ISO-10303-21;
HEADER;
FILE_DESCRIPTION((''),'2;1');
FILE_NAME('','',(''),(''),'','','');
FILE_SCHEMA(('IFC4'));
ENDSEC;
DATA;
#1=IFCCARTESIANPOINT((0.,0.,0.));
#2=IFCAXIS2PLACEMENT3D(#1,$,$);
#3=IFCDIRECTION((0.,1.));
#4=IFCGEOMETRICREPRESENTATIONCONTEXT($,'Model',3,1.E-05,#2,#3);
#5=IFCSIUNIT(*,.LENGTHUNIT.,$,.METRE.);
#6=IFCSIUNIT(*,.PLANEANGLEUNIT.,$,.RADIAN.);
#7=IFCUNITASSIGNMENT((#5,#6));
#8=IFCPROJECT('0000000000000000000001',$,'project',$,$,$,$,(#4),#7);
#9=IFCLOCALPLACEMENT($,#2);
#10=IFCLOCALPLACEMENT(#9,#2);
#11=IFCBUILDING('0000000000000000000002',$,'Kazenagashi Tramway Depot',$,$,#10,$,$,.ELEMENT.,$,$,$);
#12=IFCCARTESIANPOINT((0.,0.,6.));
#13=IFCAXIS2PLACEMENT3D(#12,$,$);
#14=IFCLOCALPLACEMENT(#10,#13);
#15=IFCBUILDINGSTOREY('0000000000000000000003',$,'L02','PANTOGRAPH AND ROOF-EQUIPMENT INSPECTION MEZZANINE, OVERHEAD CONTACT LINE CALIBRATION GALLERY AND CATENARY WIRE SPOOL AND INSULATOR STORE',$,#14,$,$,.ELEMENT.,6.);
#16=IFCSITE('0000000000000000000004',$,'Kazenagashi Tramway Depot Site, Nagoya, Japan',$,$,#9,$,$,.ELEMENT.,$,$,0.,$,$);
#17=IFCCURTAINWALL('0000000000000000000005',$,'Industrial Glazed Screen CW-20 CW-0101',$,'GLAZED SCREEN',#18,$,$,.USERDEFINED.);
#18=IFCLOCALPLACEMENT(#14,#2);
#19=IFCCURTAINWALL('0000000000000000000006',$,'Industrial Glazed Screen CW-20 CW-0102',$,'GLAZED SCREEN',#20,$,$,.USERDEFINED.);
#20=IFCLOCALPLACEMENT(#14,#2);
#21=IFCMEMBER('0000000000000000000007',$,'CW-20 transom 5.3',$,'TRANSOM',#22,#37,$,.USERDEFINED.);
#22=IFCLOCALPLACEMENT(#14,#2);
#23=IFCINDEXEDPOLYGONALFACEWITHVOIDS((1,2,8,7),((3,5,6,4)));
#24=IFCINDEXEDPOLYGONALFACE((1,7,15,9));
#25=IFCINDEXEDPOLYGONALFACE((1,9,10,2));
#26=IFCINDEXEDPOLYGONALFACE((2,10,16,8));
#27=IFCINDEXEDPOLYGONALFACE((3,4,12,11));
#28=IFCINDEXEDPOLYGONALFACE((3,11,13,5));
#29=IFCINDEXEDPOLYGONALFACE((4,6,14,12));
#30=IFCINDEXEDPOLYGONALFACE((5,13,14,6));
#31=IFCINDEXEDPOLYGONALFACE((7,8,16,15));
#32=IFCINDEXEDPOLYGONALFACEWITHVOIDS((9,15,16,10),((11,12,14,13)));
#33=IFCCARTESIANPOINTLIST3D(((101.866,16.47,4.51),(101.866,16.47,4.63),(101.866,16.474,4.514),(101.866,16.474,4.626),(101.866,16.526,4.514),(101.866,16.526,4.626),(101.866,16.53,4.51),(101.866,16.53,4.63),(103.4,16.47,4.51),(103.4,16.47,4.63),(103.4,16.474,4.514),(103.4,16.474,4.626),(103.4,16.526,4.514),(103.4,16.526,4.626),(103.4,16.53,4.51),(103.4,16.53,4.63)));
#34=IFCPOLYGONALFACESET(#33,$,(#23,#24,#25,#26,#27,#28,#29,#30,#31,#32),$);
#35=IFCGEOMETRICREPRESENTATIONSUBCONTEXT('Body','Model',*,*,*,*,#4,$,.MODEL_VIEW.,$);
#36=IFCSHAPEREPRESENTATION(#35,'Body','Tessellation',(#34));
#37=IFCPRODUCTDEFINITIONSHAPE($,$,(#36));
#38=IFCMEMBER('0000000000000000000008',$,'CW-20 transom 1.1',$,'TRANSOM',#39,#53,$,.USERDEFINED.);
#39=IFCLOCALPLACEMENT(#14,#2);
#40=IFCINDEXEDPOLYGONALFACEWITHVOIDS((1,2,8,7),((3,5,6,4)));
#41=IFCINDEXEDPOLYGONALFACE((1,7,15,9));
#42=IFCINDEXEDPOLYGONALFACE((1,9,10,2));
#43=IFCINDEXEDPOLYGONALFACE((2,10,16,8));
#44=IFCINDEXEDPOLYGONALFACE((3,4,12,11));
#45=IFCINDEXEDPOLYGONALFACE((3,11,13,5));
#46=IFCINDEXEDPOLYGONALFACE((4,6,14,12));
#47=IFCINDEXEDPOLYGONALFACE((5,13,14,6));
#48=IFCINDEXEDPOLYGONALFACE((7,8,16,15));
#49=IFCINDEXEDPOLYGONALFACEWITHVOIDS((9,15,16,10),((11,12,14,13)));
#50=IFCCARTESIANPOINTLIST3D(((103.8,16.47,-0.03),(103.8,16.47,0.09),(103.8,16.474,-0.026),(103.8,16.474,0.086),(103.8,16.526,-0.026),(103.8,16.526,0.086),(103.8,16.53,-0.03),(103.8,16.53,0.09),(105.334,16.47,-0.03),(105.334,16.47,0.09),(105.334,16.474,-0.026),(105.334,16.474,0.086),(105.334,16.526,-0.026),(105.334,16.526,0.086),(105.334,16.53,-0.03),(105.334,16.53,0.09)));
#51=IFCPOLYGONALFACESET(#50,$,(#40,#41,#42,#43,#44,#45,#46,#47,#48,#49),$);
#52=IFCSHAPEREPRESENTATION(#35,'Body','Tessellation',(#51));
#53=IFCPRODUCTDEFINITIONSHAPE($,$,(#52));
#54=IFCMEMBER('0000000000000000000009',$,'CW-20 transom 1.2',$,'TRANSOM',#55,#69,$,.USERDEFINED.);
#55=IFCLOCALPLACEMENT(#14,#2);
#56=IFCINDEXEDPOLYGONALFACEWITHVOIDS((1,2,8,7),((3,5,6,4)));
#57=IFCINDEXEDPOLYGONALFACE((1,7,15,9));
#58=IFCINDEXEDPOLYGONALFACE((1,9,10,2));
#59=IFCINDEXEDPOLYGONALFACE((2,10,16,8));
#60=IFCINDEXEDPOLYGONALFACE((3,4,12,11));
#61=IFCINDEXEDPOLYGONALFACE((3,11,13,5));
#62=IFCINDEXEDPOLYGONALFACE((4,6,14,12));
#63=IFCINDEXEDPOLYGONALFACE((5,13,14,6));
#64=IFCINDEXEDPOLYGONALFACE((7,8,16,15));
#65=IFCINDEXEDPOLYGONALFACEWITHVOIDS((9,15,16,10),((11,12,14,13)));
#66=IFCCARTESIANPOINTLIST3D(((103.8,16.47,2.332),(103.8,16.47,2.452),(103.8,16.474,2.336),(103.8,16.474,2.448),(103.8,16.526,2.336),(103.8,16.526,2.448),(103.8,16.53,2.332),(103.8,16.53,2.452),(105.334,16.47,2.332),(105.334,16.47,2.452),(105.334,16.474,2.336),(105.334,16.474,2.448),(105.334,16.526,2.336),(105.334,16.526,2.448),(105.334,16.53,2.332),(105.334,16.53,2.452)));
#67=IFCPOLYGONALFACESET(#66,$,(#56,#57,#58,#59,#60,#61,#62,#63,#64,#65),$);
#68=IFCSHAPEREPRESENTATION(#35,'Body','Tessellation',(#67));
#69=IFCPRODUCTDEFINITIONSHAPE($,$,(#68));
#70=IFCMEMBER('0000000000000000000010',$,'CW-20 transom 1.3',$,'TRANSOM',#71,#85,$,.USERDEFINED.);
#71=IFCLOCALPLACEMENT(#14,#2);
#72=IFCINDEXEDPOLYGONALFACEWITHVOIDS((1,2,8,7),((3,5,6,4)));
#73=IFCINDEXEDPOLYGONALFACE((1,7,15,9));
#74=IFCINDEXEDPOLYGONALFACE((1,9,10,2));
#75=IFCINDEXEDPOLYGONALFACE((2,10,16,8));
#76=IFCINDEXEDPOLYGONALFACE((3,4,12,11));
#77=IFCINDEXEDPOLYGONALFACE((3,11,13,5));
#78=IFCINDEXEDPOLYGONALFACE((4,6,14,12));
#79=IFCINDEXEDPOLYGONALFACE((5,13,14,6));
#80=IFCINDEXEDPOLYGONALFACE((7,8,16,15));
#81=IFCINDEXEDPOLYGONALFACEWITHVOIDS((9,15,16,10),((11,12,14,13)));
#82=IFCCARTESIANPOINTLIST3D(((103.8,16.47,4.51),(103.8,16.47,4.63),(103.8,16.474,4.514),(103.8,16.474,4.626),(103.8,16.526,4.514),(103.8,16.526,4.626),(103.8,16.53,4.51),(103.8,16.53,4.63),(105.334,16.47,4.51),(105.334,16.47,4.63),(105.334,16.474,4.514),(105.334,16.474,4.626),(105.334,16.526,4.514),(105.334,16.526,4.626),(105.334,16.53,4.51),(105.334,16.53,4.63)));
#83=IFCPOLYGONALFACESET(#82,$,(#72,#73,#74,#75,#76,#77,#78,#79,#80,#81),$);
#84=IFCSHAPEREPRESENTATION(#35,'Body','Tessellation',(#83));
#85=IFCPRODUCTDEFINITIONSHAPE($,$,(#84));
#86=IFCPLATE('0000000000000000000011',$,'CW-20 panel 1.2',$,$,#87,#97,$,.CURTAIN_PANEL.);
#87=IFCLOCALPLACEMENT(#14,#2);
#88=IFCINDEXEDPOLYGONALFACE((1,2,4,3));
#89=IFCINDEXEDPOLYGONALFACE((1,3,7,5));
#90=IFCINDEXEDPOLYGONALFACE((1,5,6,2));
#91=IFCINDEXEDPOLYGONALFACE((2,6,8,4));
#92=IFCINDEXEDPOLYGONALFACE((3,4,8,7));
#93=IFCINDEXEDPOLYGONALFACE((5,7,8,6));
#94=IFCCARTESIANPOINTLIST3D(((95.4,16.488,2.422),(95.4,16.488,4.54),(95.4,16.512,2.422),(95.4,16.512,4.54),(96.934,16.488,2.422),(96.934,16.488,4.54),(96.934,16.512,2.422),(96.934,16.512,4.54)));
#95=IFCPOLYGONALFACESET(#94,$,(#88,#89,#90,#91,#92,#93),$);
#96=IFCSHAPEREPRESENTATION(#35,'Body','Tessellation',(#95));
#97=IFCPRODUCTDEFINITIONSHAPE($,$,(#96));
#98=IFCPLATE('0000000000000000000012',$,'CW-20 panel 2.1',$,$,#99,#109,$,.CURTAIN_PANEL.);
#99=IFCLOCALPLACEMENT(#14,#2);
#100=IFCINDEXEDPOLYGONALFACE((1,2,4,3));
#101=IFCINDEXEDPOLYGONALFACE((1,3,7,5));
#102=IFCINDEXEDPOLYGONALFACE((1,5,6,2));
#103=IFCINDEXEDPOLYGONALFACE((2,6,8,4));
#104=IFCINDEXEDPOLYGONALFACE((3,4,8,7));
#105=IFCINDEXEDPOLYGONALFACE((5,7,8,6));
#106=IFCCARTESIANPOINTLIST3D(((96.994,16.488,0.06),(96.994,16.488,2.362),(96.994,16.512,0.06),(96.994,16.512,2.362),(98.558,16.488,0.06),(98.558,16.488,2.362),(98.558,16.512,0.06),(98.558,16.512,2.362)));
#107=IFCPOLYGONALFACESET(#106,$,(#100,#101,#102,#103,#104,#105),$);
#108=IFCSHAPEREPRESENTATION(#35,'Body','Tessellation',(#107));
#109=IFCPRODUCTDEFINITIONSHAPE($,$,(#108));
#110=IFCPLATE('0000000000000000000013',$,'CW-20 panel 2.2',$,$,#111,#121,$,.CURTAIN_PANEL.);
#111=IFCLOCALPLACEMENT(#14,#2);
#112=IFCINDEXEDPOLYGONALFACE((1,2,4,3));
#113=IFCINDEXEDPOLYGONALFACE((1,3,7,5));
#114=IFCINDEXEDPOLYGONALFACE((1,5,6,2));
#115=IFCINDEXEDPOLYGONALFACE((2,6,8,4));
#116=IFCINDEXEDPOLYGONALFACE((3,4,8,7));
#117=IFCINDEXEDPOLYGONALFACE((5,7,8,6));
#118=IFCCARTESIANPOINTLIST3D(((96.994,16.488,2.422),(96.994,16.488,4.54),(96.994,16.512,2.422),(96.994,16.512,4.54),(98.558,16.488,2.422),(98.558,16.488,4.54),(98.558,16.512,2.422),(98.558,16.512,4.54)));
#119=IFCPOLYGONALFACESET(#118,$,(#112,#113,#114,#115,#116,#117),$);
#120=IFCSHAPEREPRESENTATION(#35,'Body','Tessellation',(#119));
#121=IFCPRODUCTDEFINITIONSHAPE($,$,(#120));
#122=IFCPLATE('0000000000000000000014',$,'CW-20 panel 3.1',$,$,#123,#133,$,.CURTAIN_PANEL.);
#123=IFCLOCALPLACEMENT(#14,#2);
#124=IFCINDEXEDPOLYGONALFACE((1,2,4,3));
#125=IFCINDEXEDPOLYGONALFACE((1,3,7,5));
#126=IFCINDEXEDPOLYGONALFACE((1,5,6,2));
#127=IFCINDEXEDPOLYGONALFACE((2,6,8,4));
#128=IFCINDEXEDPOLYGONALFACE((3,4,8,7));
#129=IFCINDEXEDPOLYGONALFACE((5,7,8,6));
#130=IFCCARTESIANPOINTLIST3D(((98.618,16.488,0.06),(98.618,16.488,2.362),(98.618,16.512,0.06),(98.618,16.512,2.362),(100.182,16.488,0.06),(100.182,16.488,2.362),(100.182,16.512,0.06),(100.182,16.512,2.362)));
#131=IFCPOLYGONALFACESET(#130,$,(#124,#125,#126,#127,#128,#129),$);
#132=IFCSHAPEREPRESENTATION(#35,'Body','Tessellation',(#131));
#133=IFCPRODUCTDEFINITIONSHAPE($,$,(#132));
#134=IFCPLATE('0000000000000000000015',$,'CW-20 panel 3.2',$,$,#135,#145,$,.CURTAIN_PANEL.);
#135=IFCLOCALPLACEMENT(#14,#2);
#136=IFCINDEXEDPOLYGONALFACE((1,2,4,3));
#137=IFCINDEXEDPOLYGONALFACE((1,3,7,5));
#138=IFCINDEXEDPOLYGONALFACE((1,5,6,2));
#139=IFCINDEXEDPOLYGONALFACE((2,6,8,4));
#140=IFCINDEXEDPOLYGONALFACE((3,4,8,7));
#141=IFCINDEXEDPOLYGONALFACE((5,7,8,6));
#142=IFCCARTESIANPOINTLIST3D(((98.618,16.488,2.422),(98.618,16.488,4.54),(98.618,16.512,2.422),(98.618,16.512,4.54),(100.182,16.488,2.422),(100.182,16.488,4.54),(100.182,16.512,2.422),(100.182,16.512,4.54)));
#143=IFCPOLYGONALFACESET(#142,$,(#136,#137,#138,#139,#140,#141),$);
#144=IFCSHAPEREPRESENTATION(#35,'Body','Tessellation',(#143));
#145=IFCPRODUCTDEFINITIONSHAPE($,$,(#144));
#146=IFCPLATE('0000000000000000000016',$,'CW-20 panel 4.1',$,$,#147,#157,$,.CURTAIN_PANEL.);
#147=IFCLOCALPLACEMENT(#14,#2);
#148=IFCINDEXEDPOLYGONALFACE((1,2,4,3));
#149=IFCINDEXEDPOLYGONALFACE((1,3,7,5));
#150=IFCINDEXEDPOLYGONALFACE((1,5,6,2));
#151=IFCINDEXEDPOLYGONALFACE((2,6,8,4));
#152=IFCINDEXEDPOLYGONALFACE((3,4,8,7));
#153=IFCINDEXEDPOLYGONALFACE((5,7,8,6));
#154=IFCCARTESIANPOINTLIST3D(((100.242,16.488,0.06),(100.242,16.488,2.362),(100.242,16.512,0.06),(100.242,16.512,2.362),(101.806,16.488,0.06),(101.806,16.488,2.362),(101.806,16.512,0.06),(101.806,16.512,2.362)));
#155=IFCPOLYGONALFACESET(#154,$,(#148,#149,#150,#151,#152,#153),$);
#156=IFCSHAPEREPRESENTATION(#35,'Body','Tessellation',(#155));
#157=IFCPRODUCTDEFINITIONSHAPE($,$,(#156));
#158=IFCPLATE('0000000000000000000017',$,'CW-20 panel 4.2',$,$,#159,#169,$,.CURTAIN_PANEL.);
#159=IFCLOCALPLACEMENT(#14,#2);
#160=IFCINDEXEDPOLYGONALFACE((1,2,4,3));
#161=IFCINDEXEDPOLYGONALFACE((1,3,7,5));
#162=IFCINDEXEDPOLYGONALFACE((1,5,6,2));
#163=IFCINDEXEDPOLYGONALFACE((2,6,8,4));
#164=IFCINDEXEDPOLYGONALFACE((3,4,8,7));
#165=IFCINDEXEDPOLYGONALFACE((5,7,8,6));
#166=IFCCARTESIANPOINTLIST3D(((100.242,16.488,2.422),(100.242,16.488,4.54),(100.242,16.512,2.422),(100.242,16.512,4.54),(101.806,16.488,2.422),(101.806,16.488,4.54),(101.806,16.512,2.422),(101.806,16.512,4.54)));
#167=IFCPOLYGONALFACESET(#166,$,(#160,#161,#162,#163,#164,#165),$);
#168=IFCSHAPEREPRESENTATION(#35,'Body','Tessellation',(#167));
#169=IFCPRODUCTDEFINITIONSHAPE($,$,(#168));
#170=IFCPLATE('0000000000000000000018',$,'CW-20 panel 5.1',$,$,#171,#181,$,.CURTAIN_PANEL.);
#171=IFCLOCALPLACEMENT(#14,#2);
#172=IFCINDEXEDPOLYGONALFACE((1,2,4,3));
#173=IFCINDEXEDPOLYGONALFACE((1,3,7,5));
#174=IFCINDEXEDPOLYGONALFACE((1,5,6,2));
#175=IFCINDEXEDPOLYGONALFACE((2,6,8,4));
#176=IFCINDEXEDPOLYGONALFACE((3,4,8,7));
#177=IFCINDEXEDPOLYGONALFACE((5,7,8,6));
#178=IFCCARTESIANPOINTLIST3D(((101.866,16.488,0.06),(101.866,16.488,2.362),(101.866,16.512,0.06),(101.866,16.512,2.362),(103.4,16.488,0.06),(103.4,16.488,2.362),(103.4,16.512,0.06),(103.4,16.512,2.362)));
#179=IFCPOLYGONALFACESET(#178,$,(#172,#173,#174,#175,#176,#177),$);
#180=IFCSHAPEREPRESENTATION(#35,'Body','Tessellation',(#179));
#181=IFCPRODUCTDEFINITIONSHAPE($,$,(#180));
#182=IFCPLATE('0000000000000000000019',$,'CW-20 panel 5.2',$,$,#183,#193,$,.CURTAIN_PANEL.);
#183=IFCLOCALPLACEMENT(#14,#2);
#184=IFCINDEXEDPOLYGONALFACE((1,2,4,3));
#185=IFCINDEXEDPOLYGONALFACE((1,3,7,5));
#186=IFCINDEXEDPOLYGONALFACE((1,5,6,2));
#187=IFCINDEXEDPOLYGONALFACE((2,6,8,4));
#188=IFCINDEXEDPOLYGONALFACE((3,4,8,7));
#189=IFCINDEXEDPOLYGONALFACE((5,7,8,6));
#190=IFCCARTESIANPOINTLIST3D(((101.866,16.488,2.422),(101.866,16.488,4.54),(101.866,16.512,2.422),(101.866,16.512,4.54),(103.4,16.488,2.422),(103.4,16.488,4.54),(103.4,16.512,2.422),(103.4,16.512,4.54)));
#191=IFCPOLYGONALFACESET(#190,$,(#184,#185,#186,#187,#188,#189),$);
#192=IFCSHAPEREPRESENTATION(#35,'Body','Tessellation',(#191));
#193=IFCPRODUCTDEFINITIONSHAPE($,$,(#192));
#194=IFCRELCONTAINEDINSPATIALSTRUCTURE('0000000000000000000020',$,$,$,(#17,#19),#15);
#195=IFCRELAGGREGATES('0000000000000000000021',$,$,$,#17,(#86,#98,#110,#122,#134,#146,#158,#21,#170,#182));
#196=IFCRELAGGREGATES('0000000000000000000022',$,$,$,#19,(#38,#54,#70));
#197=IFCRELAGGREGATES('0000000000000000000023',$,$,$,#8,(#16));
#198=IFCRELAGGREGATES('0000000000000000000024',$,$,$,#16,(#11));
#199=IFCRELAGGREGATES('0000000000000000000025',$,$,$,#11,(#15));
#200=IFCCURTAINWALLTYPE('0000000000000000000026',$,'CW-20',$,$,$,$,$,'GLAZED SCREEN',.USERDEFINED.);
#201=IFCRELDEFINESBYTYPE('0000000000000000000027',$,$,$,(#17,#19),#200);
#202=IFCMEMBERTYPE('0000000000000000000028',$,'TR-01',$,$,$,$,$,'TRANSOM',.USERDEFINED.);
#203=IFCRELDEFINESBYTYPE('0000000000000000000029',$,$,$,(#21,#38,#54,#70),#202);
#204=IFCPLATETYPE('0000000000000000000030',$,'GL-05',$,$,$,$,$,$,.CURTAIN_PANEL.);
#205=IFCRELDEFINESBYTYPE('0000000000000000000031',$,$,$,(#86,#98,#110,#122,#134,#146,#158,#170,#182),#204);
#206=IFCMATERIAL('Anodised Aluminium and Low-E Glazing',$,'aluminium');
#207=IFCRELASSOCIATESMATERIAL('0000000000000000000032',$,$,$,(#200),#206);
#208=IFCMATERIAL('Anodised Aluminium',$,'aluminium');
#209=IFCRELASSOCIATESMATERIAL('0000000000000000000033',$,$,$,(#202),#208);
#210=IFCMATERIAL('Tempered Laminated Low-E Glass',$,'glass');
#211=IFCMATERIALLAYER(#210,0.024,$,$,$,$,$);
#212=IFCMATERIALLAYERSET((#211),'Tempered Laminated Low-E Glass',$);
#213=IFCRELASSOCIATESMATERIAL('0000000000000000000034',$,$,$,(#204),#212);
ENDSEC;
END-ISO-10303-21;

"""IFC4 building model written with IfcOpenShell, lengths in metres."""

from ifc_helpers import new_model, si_unit, direction, frame, origin, origin_2d, place, context, subcontext, project, spatial, rectangle, hollow_rectangle, extrude, material, layer, layer_set, material_profile, profile_set, type_object, element, aggregate, save


model = new_model("IFC4")

# Units and contexts
model_context = context("Model", 3, precision=1e-05, world=origin(), true_north=direction((0.0, 1.0)))
body_context = subcontext(model_context, "Body", "Model", "MODEL_VIEW")
ifc_project = project(units=[si_unit("LENGTHUNIT", "METRE"), si_unit("PLANEANGLEUNIT", "RADIAN")], contexts=[model_context])

# Site, building, storey
site_placement = place(None, origin())
site = spatial("IfcSite", under=ifc_project, at=site_placement, Name="Kazenagashi Tramway Depot Site, Nagoya, Japan", CompositionType="ELEMENT", RefElevation=0.0)
building_placement = place(site_placement, origin())
building = spatial("IfcBuilding", under=site, at=building_placement, Name="Kazenagashi Tramway Depot", CompositionType="ELEMENT")
storey_placement = place(building_placement, frame((0.0, 0.0, 6.0)))
storey = spatial("IfcBuildingStorey", under=building, at=storey_placement, Name="L02", Description="PANTOGRAPH AND ROOF-EQUIPMENT INSPECTION MEZZANINE, OVERHEAD CONTACT LINE CALIBRATION GALLERY AND CATENARY WIRE SPOOL AND INSULATOR STORE", CompositionType="ELEMENT", Elevation=6.0)

# Curtain wall
ifc_material_1 = material(Name="Anodised Aluminium and Low-E Glazing", Category="aluminium")
curtain_wall_type = type_object("IfcCurtainWallType", Name="CW-20", ElementType="GLAZED SCREEN", PredefinedType="USERDEFINED", material=ifc_material_1)
curtain_wall_1_placement = place(storey_placement, origin())
curtain_wall_1 = element("IfcCurtainWall", 1, at=curtain_wall_1_placement, inside=storey, type_object=curtain_wall_type, Name="Industrial Glazed Screen CW-20 CW-0101", ObjectType="GLAZED SCREEN", PredefinedType="USERDEFINED")
ifc_material_2 = material(Name="Anodised Aluminium", Category="aluminium")

# Curtain wall
curtain_wall_2_placement = place(storey_placement, origin())
curtain_wall_2 = element("IfcCurtainWall", 2, at=curtain_wall_2_placement, inside=storey, type_object=curtain_wall_type, Name="Industrial Glazed Screen CW-20 CW-0102", ObjectType="GLAZED SCREEN", PredefinedType="USERDEFINED")

# Members
ifc_material_profile_1 = material_profile(ifc_material_2, hollow_rectangle(XDim=0.06, YDim=0.12, WallThickness=0.004, at=origin_2d()), Name="RHS-120x60x4")
ifc_profile_set_1 = profile_set([ifc_material_profile_1], Name="Anodised Aluminium")
member_type_1 = type_object("IfcMemberType", Name="TR-01", ElementType="TRANSOM", PredefinedType="USERDEFINED", material=ifc_profile_set_1)
member_1_placement = place(storey_placement, frame((101.866, 16.5, 4.57), z_axis=(1.0, 0.0, 0.0), x_axis=(0.0, 1.0, 0.0)))
member_1 = element("IfcMember", 3, at=member_1_placement, type_object=member_type_1, Name="CW-20 transom 5.3", ObjectType="TRANSOM", PredefinedType="USERDEFINED", context=body_context, shape_type="SweptSolid", body=[
    extrude(hollow_rectangle(XDim=0.06, YDim=0.12, WallThickness=0.004, at=origin_2d()), origin(), (0.0, 0.0, 1.0), 1.534),
])
member_2_placement = place(storey_placement, frame((103.8, 16.5, 0.03), z_axis=(1.0, 0.0, 0.0), x_axis=(0.0, 1.0, 0.0)))
member_2 = element("IfcMember", 4, at=member_2_placement, type_object=member_type_1, Name="CW-20 transom 1.1", ObjectType="TRANSOM", PredefinedType="USERDEFINED", context=body_context, shape_type="SweptSolid", body=[
    extrude(hollow_rectangle(XDim=0.06, YDim=0.12, WallThickness=0.004, at=origin_2d()), origin(), (0.0, 0.0, 1.0), 1.534),
])
member_3_placement = place(storey_placement, frame((103.8, 16.5, 2.392), z_axis=(1.0, 0.0, 0.0), x_axis=(0.0, 1.0, 0.0)))
member_3 = element("IfcMember", 5, at=member_3_placement, type_object=member_type_1, Name="CW-20 transom 1.2", ObjectType="TRANSOM", PredefinedType="USERDEFINED", context=body_context, shape_type="SweptSolid", body=[
    extrude(hollow_rectangle(XDim=0.06, YDim=0.12, WallThickness=0.004, at=origin_2d()), origin(), (0.0, 0.0, 1.0), 1.534),
])
member_4_placement = place(storey_placement, frame((103.8, 16.5, 4.57), z_axis=(1.0, 0.0, 0.0), x_axis=(0.0, 1.0, 0.0)))
member_4 = element("IfcMember", 6, at=member_4_placement, type_object=member_type_1, Name="CW-20 transom 1.3", ObjectType="TRANSOM", PredefinedType="USERDEFINED", context=body_context, shape_type="SweptSolid", body=[
    extrude(hollow_rectangle(XDim=0.06, YDim=0.12, WallThickness=0.004, at=origin_2d()), origin(), (0.0, 0.0, 1.0), 1.534),
])

# Plates
ifc_material_3 = material(Name="Tempered Laminated Low-E Glass", Category="glass")
ifc_layer_1 = layer(ifc_material_3, 0.024)
ifc_layer_set_1 = layer_set([ifc_layer_1], Name="Tempered Laminated Low-E Glass")
plate_type_1 = type_object("IfcPlateType", Name="GL-05", PredefinedType="CURTAIN_PANEL", material=ifc_layer_set_1)
plate_1_placement = place(storey_placement, frame((96.167, 16.5, 2.422), z_axis=(0.0, 0.0, 1.0), x_axis=(1.0, 0.0, 0.0)))
plate_1 = element("IfcPlate", 7, at=plate_1_placement, type_object=plate_type_1, Name="CW-20 panel 1.2", PredefinedType="CURTAIN_PANEL", context=body_context, shape_type="SweptSolid", body=[
    extrude(rectangle(XDim=1.534, YDim=0.024, at=origin_2d()), origin(), (0.0, 0.0, 1.0), 2.118),
])
plate_2_placement = place(storey_placement, frame((97.776, 16.5, 0.06), z_axis=(0.0, 0.0, 1.0), x_axis=(1.0, 0.0, 0.0)))
plate_2 = element("IfcPlate", 8, at=plate_2_placement, type_object=plate_type_1, Name="CW-20 panel 2.1", PredefinedType="CURTAIN_PANEL", context=body_context, shape_type="SweptSolid", body=[
    extrude(rectangle(XDim=1.564, YDim=0.024, at=origin_2d()), origin(), (0.0, 0.0, 1.0), 2.302),
])
plate_3_placement = place(storey_placement, frame((97.776, 16.5, 2.422), z_axis=(0.0, 0.0, 1.0), x_axis=(1.0, 0.0, 0.0)))
plate_3 = element("IfcPlate", 9, at=plate_3_placement, type_object=plate_type_1, Name="CW-20 panel 2.2", PredefinedType="CURTAIN_PANEL", context=body_context, shape_type="SweptSolid", body=[
    extrude(rectangle(XDim=1.564, YDim=0.024, at=origin_2d()), origin(), (0.0, 0.0, 1.0), 2.118),
])
plate_4_placement = place(storey_placement, frame((99.4, 16.5, 0.06), z_axis=(0.0, 0.0, 1.0), x_axis=(1.0, 0.0, 0.0)))
plate_4 = element("IfcPlate", 10, at=plate_4_placement, type_object=plate_type_1, Name="CW-20 panel 3.1", PredefinedType="CURTAIN_PANEL", context=body_context, shape_type="SweptSolid", body=[
    extrude(rectangle(XDim=1.564, YDim=0.024, at=origin_2d()), origin(), (0.0, 0.0, 1.0), 2.302),
])
plate_5_placement = place(storey_placement, frame((99.4, 16.5, 2.422), z_axis=(0.0, 0.0, 1.0), x_axis=(1.0, 0.0, 0.0)))
plate_5 = element("IfcPlate", 11, at=plate_5_placement, type_object=plate_type_1, Name="CW-20 panel 3.2", PredefinedType="CURTAIN_PANEL", context=body_context, shape_type="SweptSolid", body=[
    extrude(rectangle(XDim=1.564, YDim=0.024, at=origin_2d()), origin(), (0.0, 0.0, 1.0), 2.118),
])
plate_6_placement = place(storey_placement, frame((101.024, 16.5, 0.06), z_axis=(0.0, 0.0, 1.0), x_axis=(1.0, 0.0, 0.0)))
plate_6 = element("IfcPlate", 12, at=plate_6_placement, type_object=plate_type_1, Name="CW-20 panel 4.1", PredefinedType="CURTAIN_PANEL", context=body_context, shape_type="SweptSolid", body=[
    extrude(rectangle(XDim=1.564, YDim=0.024, at=origin_2d()), origin(), (0.0, 0.0, 1.0), 2.302),
])
plate_7_placement = place(storey_placement, frame((101.024, 16.5, 2.422), z_axis=(0.0, 0.0, 1.0), x_axis=(1.0, 0.0, 0.0)))
plate_7 = element("IfcPlate", 13, at=plate_7_placement, type_object=plate_type_1, Name="CW-20 panel 4.2", PredefinedType="CURTAIN_PANEL", context=body_context, shape_type="SweptSolid", body=[
    extrude(rectangle(XDim=1.564, YDim=0.024, at=origin_2d()), origin(), (0.0, 0.0, 1.0), 2.118),
])
plate_8_placement = place(storey_placement, frame((102.633, 16.5, 0.06), z_axis=(0.0, 0.0, 1.0), x_axis=(1.0, 0.0, 0.0)))
plate_8 = element("IfcPlate", 14, at=plate_8_placement, type_object=plate_type_1, Name="CW-20 panel 5.1", PredefinedType="CURTAIN_PANEL", context=body_context, shape_type="SweptSolid", body=[
    extrude(rectangle(XDim=1.534, YDim=0.024, at=origin_2d()), origin(), (0.0, 0.0, 1.0), 2.302),
])
plate_9_placement = place(storey_placement, frame((102.633, 16.5, 2.422), z_axis=(0.0, 0.0, 1.0), x_axis=(1.0, 0.0, 0.0)))
plate_9 = element("IfcPlate", 15, at=plate_9_placement, type_object=plate_type_1, Name="CW-20 panel 5.2", PredefinedType="CURTAIN_PANEL", context=body_context, shape_type="SweptSolid", body=[
    extrude(rectangle(XDim=1.534, YDim=0.024, at=origin_2d()), origin(), (0.0, 0.0, 1.0), 2.118),
])
aggregate(curtain_wall_1, [plate_1, plate_2, plate_3, plate_4, plate_5, plate_6, plate_7, member_1, plate_8, plate_9])
aggregate(curtain_wall_2, [member_2, member_3, member_4])

save(model, "model.ifc")
